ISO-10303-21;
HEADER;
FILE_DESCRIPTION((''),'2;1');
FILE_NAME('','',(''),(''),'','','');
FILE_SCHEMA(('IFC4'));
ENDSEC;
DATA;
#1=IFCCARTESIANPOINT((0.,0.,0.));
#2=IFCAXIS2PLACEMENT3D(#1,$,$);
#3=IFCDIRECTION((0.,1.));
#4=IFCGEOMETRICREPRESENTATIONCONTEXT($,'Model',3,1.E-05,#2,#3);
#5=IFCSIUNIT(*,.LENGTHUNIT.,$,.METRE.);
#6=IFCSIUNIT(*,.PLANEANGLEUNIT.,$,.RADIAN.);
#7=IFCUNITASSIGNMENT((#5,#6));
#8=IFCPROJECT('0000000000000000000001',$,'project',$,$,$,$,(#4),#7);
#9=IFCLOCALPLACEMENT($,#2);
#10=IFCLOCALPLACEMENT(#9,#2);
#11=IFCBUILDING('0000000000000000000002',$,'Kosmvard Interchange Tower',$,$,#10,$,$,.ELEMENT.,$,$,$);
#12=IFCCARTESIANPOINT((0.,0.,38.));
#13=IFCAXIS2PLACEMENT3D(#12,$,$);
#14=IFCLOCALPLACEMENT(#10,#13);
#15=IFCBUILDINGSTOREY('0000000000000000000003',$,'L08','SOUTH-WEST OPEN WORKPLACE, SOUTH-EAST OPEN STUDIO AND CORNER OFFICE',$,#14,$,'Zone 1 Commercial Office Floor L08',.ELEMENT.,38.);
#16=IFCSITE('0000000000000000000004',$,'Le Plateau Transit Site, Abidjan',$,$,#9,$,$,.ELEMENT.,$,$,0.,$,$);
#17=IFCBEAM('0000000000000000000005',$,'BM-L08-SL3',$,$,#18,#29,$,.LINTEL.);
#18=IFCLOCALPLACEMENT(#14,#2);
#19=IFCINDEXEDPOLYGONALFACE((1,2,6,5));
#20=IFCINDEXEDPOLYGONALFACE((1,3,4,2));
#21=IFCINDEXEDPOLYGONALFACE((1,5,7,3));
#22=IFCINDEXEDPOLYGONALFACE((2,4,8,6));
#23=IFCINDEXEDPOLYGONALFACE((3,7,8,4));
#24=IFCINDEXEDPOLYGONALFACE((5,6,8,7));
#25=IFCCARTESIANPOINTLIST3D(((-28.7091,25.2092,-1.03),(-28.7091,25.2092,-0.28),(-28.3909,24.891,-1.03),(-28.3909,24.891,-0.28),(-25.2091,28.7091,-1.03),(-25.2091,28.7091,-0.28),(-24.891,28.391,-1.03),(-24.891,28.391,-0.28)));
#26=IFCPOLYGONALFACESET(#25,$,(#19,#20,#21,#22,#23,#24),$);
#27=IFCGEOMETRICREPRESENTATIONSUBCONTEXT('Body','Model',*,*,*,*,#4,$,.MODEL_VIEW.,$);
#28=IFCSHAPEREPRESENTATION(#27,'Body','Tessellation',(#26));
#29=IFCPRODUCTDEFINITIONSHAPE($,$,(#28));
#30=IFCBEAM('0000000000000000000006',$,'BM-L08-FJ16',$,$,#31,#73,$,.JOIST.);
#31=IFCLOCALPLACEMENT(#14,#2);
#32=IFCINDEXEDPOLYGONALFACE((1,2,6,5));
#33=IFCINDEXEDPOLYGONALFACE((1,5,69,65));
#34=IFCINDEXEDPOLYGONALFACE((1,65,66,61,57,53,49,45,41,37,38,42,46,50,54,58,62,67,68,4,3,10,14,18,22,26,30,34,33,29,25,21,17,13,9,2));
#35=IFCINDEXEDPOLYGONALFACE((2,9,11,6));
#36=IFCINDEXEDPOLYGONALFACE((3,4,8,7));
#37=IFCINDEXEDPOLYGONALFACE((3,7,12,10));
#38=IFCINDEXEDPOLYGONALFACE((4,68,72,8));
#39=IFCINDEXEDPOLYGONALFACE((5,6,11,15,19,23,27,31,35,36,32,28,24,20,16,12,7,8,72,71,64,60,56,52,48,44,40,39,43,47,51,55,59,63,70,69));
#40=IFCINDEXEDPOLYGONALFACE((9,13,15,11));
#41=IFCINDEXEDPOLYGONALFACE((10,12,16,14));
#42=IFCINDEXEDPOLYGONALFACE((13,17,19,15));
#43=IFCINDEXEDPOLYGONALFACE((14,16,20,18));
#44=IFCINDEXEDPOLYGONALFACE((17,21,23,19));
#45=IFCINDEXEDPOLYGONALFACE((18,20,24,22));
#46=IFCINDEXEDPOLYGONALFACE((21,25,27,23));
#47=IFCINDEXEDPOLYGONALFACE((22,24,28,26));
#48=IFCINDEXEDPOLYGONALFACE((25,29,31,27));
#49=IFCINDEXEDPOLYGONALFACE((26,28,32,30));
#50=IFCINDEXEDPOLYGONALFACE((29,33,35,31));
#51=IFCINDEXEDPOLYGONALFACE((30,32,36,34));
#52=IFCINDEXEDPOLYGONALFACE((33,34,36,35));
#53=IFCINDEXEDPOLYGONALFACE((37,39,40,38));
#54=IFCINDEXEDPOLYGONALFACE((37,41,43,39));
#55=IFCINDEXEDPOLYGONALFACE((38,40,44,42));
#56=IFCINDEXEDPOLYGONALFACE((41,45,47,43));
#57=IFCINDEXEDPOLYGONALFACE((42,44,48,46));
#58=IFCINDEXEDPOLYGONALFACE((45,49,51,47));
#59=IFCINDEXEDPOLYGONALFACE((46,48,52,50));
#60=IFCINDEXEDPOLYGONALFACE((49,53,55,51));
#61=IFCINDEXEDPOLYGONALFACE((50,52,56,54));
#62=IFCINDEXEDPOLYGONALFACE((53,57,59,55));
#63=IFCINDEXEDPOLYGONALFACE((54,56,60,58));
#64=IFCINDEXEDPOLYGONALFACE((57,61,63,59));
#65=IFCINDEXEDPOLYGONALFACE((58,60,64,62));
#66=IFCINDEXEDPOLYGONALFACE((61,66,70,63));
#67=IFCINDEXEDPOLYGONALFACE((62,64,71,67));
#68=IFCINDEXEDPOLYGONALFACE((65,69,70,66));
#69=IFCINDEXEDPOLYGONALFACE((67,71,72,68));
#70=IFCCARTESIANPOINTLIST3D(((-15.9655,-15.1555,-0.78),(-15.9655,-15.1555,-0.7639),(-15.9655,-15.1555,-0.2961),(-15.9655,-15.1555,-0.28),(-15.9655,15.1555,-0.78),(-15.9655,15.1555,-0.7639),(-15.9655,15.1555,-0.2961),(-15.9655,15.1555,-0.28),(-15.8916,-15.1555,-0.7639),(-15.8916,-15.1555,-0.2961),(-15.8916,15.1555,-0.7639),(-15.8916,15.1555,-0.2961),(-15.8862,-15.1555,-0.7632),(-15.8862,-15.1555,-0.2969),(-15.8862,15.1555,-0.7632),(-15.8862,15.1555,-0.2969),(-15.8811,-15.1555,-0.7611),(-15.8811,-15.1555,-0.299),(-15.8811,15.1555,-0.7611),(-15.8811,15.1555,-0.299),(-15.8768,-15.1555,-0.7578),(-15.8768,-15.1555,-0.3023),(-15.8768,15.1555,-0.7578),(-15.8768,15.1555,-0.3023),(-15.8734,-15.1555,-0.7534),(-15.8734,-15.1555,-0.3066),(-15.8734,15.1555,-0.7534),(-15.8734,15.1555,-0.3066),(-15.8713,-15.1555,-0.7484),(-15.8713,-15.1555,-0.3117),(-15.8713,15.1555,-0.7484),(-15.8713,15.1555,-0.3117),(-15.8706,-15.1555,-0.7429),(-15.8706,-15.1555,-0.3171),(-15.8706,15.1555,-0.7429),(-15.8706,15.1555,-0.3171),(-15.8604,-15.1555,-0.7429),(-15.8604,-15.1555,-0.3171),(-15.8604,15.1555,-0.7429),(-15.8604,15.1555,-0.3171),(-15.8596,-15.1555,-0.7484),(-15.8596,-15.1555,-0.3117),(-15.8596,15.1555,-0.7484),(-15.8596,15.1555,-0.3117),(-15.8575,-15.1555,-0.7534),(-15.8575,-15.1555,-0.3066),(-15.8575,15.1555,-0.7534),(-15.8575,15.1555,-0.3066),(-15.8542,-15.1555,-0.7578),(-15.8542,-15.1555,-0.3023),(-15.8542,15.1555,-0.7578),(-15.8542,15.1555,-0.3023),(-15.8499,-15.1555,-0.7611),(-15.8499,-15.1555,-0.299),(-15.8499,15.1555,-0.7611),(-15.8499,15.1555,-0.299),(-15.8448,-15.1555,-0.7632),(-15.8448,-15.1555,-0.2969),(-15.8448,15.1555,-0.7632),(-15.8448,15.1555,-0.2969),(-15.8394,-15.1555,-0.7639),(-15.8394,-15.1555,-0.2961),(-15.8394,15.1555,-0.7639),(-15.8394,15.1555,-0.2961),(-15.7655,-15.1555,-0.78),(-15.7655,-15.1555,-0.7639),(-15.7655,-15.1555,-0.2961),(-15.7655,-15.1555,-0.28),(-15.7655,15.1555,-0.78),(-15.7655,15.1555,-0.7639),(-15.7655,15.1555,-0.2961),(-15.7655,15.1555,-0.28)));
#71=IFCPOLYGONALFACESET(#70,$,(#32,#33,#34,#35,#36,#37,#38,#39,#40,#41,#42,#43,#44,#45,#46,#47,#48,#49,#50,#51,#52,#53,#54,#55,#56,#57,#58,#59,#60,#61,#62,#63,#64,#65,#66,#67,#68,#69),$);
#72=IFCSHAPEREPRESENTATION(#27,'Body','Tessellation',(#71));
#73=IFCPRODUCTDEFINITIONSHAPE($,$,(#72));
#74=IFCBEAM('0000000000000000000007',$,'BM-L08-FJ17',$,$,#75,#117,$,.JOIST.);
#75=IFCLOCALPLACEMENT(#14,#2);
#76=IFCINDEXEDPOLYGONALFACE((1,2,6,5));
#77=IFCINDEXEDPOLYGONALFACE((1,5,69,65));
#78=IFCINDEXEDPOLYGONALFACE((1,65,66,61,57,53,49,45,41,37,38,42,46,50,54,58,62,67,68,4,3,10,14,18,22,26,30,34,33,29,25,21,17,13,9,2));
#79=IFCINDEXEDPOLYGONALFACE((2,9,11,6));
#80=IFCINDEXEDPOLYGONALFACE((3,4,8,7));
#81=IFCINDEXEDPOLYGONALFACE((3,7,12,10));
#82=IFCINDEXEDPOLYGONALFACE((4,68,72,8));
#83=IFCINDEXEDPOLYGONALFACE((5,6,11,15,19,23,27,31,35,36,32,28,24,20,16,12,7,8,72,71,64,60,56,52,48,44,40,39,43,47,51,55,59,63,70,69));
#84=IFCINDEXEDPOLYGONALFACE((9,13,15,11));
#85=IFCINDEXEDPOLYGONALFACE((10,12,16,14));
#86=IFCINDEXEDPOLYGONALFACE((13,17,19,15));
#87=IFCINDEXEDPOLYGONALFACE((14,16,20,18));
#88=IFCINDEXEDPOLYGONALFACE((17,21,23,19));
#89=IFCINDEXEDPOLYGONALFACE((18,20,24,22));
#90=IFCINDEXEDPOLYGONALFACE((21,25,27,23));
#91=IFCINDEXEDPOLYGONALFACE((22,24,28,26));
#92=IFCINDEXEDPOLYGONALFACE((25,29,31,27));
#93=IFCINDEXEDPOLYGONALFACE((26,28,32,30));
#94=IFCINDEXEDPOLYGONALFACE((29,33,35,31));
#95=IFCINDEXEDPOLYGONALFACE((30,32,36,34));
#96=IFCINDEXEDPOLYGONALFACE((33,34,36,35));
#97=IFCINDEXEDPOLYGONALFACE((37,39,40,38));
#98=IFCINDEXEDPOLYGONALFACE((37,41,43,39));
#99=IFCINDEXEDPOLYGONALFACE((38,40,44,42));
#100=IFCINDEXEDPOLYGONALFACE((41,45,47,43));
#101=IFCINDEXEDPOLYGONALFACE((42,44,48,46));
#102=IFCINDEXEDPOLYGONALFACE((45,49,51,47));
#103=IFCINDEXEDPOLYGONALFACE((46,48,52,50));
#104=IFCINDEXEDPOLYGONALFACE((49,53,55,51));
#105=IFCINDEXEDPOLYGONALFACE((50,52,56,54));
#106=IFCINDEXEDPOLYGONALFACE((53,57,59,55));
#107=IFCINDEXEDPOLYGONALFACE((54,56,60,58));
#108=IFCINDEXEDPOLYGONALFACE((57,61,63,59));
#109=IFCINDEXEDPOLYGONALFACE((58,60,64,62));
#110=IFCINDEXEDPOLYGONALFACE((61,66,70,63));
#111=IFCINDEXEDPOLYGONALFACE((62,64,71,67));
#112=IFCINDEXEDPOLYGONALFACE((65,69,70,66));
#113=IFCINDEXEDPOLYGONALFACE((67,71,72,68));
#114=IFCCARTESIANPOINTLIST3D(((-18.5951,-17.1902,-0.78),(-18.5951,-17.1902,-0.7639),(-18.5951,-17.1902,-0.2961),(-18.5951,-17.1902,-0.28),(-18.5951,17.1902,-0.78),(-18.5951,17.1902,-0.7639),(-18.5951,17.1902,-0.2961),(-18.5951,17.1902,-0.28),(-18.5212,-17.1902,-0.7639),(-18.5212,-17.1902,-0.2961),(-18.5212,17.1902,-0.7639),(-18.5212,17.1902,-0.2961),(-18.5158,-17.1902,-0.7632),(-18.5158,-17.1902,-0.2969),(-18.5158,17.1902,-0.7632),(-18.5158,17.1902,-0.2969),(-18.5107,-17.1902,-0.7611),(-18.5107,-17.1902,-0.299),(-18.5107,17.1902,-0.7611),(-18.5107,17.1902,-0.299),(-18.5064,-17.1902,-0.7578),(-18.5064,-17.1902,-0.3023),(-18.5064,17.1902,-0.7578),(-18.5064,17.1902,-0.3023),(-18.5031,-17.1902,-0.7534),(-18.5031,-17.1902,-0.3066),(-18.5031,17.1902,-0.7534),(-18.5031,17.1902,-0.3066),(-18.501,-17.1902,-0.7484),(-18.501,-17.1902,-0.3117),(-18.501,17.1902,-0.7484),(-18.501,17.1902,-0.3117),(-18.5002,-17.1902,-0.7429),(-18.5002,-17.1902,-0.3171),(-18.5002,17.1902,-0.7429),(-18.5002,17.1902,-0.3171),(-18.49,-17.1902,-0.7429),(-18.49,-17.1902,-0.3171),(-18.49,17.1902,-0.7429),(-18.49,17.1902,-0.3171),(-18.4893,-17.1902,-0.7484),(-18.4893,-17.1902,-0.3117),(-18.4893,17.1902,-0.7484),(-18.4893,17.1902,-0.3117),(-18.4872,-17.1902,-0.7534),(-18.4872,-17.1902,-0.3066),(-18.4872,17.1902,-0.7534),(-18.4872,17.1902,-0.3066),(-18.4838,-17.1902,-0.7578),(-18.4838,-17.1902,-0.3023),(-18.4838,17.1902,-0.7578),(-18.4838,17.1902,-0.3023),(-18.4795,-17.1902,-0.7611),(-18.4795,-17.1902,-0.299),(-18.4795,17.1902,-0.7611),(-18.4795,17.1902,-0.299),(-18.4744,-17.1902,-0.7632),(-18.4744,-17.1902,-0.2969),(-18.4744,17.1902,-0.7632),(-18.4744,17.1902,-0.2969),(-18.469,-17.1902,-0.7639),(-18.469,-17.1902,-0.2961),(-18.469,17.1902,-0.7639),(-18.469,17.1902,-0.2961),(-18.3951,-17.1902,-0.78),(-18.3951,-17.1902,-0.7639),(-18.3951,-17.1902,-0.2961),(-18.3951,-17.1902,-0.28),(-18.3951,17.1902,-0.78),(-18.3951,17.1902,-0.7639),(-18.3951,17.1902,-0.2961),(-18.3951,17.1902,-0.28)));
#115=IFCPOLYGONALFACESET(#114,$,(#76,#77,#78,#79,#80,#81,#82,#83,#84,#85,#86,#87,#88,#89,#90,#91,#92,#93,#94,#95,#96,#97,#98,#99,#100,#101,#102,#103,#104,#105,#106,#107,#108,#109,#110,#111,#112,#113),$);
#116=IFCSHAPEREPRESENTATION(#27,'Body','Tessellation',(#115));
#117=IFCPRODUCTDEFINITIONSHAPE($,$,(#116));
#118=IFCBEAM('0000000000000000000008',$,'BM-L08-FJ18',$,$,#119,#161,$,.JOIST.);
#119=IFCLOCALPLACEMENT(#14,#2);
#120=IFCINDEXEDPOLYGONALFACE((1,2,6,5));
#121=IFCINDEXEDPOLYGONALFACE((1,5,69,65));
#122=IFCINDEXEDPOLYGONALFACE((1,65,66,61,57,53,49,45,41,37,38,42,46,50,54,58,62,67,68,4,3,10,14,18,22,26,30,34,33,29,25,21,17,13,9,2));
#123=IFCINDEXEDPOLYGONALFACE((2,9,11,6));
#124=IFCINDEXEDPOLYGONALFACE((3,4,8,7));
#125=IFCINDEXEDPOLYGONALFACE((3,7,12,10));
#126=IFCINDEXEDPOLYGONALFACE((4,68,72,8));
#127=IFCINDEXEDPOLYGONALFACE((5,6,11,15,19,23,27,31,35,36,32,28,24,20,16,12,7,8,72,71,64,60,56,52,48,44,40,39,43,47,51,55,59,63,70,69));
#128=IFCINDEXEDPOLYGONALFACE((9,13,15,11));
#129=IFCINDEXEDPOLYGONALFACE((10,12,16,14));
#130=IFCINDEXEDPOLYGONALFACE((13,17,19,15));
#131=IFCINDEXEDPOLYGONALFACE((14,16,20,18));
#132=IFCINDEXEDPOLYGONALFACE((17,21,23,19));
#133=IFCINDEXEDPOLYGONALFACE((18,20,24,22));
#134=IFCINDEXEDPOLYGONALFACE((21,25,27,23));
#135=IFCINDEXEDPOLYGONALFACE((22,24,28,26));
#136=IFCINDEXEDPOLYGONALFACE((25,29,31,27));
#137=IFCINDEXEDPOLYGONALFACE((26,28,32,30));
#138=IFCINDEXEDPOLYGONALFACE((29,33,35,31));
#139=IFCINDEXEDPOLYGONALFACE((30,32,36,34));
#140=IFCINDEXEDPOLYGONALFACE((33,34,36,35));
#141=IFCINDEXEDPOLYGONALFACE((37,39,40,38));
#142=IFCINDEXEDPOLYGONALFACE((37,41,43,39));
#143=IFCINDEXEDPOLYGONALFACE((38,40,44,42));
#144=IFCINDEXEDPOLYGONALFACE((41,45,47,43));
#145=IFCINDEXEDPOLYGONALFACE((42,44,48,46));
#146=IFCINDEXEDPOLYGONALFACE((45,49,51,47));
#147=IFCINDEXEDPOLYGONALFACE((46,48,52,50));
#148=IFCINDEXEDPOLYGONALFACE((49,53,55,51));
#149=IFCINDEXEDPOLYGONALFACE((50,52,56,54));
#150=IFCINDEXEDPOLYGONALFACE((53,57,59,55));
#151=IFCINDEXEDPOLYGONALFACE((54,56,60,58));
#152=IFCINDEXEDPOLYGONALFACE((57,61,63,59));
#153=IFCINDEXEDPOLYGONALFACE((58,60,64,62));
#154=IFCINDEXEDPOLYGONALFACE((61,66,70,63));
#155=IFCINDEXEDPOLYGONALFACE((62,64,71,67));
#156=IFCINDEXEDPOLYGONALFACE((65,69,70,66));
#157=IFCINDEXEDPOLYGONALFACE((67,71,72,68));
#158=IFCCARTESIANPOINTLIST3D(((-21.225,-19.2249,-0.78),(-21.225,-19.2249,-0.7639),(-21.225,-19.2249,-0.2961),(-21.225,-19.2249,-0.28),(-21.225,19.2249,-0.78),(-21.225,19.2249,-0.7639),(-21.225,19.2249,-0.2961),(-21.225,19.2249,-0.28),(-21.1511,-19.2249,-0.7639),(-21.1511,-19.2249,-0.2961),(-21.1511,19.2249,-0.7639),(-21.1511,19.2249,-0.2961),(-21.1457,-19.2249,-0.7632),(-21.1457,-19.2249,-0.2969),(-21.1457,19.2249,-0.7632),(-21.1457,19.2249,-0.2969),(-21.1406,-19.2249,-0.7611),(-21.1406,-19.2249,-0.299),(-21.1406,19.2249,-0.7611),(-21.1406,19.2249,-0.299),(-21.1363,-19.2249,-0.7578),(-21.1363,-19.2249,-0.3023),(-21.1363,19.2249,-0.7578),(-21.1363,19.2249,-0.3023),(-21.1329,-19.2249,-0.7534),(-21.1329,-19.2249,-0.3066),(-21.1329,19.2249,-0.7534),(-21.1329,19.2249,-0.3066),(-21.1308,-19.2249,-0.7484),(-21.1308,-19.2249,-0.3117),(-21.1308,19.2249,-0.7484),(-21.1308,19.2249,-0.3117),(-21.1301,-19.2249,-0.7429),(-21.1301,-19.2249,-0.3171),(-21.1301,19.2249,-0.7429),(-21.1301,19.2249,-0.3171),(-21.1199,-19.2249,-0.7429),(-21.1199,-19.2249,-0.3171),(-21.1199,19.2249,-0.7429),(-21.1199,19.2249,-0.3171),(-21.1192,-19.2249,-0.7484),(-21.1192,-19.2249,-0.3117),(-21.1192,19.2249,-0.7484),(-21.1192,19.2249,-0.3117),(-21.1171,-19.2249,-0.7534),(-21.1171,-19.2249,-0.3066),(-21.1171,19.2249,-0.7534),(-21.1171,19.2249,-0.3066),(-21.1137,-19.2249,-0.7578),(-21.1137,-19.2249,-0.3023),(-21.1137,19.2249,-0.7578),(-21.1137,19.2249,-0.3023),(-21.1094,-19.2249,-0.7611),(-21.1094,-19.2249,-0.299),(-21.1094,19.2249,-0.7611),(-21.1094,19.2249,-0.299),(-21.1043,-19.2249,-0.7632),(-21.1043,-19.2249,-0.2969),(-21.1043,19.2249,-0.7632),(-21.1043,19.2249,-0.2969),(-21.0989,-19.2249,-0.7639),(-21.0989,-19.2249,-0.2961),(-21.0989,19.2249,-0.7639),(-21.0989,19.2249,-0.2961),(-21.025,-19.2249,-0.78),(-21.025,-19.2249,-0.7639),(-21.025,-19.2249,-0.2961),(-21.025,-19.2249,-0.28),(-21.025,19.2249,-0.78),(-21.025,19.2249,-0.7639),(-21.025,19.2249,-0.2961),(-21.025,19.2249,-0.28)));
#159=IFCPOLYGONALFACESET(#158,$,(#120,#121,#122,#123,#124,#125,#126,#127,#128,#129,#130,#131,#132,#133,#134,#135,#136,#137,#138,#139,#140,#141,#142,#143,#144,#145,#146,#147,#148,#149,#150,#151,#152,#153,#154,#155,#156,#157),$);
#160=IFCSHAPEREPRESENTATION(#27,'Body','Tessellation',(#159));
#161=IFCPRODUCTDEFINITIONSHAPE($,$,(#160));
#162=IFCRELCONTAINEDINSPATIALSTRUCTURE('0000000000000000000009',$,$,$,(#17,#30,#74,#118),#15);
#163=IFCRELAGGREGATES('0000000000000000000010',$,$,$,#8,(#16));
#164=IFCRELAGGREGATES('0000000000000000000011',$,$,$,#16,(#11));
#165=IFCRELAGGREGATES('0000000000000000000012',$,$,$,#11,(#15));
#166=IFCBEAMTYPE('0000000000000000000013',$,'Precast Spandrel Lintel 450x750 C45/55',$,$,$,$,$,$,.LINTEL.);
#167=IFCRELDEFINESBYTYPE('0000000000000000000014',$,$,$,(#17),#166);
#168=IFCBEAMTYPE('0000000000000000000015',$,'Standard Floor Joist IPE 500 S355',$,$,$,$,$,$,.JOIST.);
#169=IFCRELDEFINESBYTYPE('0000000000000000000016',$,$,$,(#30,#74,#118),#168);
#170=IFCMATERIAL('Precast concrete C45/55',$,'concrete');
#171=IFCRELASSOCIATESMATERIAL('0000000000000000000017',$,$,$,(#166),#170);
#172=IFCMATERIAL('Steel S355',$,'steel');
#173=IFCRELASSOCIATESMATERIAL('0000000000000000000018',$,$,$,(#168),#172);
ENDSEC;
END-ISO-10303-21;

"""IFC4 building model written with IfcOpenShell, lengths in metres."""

from ifc_helpers import new_model, si_unit, direction, frame, origin, origin_2d, place, context, subcontext, project, spatial, rectangle, i_section, extrude, source, transform, mapped, material, material_profile, profile_set, type_object, element, save


model = new_model("IFC4")

# Units and contexts
model_context = context("Model", 3, precision=1e-05, world=origin(), true_north=direction((0.0, 1.0)))
body_context = subcontext(model_context, "Body", "Model", "MODEL_VIEW")
ifc_project = project(units=[si_unit("LENGTHUNIT", "METRE"), si_unit("PLANEANGLEUNIT", "RADIAN")], contexts=[model_context])

# Site, building, storey
site_placement = place(None, origin())
site = spatial("IfcSite", under=ifc_project, at=site_placement, Name="Le Plateau Transit Site, Abidjan", CompositionType="ELEMENT", RefElevation=0.0)
building_placement = place(site_placement, origin())
building = spatial("IfcBuilding", under=site, at=building_placement, Name="Kosmvard Interchange Tower", CompositionType="ELEMENT")
storey_placement = place(building_placement, frame((0.0, 0.0, 38.0)))
storey = spatial("IfcBuildingStorey", under=building, at=storey_placement, Name="L08", Description="SOUTH-WEST OPEN WORKPLACE, SOUTH-EAST OPEN STUDIO AND CORNER OFFICE", LongName="Zone 1 Commercial Office Floor L08", CompositionType="ELEMENT", Elevation=38.0)

# Beams
ifc_material_1 = material(Name="Steel S355", Category="steel")
ifc_material_2 = material(Name="Precast concrete C45/55", Category="concrete")
ifc_material_profile_1 = material_profile(ifc_material_2, rectangle(XDim=0.45, YDim=0.75, at=origin_2d()), Name="SL 450x750")
ifc_profile_set_1 = profile_set([ifc_material_profile_1], Name="Precast concrete C45/55")
beam_type_1 = type_object("IfcBeamType", Name="Precast Spandrel Lintel 450x750 C45/55", PredefinedType="LINTEL", material=ifc_profile_set_1)
shared_shape_1 = source(origin(), body_context, "Body", "SweptSolid", [
    extrude(rectangle(XDim=0.45, YDim=0.75, at=origin_2d()), origin(), (0.0, 0.0, 1.0), 4.9497),
])
beam_1_placement = place(storey_placement, frame((-25.05, 28.55, -0.655), z_axis=(-0.707107, -0.707107, 0.0), x_axis=(0.707107, -0.707107, 0.0)))
element("IfcBeam", 1, at=beam_1_placement, inside=storey, type_object=beam_type_1, Name="BM-L08-SL3", PredefinedType="LINTEL", context=body_context, shape_type="MappedRepresentation", body=[
    mapped(shared_shape_1, transform((0.0, 0.0, 0.0), scale=1.0)),
])
ifc_material_profile_2 = material_profile(ifc_material_1, i_section(OverallWidth=0.2, OverallDepth=0.5, WebThickness=0.0103, FlangeThickness=0.0161, FilletRadius=0.021, at=origin_2d()), Name="IPE 500")
ifc_profile_set_2 = profile_set([ifc_material_profile_2], Name="Steel S355")
beam_type_2 = type_object("IfcBeamType", Name="Standard Floor Joist IPE 500 S355", PredefinedType="JOIST", material=ifc_profile_set_2)
shared_shape_2 = source(origin(), body_context, "Body", "SweptSolid", [
    extrude(i_section(OverallWidth=0.2, OverallDepth=0.5, WebThickness=0.0103, FlangeThickness=0.0161, FilletRadius=0.021, at=origin_2d()), origin(), (0.0, 0.0, 1.0), 30.311),
])
beam_2_placement = place(storey_placement, frame((-15.8655, 15.1555, -0.53), z_axis=(0.0, -1.0, 0.0), x_axis=(1.0, 0.0, 0.0)))
element("IfcBeam", 2, at=beam_2_placement, inside=storey, type_object=beam_type_2, Name="BM-L08-FJ16", PredefinedType="JOIST", context=body_context, shape_type="MappedRepresentation", body=[
    mapped(shared_shape_2, transform((0.0, 0.0, 0.0), scale=1.0)),
])
shared_shape_3 = source(origin(), body_context, "Body", "SweptSolid", [
    extrude(i_section(OverallWidth=0.2, OverallDepth=0.5, WebThickness=0.0103, FlangeThickness=0.0161, FilletRadius=0.021, at=origin_2d()), origin(), (0.0, 0.0, 1.0), 34.3804),
])
beam_3_placement = place(storey_placement, frame((-18.4951, 17.1902, -0.53), z_axis=(0.0, -1.0, 0.0), x_axis=(1.0, 0.0, 0.0)))
element("IfcBeam", 3, at=beam_3_placement, inside=storey, type_object=beam_type_2, Name="BM-L08-FJ17", PredefinedType="JOIST", context=body_context, shape_type="MappedRepresentation", body=[
    mapped(shared_shape_3, transform((0.0, 0.0, 0.0), scale=1.0)),
])
shared_shape_4 = source(origin(), body_context, "Body", "SweptSolid", [
    extrude(i_section(OverallWidth=0.2, OverallDepth=0.5, WebThickness=0.0103, FlangeThickness=0.0161, FilletRadius=0.021, at=origin_2d()), origin(), (0.0, 0.0, 1.0), 38.4497),
])
beam_4_placement = place(storey_placement, frame((-21.125, 19.2249, -0.53), z_axis=(0.0, -1.0, 0.0), x_axis=(1.0, 0.0, 0.0)))
element("IfcBeam", 4, at=beam_4_placement, inside=storey, type_object=beam_type_2, Name="BM-L08-FJ18", PredefinedType="JOIST", context=body_context, shape_type="MappedRepresentation", body=[
    mapped(shared_shape_4, transform((0.0, 0.0, 0.0), scale=1.0)),
])

save(model, "model.ifc")
